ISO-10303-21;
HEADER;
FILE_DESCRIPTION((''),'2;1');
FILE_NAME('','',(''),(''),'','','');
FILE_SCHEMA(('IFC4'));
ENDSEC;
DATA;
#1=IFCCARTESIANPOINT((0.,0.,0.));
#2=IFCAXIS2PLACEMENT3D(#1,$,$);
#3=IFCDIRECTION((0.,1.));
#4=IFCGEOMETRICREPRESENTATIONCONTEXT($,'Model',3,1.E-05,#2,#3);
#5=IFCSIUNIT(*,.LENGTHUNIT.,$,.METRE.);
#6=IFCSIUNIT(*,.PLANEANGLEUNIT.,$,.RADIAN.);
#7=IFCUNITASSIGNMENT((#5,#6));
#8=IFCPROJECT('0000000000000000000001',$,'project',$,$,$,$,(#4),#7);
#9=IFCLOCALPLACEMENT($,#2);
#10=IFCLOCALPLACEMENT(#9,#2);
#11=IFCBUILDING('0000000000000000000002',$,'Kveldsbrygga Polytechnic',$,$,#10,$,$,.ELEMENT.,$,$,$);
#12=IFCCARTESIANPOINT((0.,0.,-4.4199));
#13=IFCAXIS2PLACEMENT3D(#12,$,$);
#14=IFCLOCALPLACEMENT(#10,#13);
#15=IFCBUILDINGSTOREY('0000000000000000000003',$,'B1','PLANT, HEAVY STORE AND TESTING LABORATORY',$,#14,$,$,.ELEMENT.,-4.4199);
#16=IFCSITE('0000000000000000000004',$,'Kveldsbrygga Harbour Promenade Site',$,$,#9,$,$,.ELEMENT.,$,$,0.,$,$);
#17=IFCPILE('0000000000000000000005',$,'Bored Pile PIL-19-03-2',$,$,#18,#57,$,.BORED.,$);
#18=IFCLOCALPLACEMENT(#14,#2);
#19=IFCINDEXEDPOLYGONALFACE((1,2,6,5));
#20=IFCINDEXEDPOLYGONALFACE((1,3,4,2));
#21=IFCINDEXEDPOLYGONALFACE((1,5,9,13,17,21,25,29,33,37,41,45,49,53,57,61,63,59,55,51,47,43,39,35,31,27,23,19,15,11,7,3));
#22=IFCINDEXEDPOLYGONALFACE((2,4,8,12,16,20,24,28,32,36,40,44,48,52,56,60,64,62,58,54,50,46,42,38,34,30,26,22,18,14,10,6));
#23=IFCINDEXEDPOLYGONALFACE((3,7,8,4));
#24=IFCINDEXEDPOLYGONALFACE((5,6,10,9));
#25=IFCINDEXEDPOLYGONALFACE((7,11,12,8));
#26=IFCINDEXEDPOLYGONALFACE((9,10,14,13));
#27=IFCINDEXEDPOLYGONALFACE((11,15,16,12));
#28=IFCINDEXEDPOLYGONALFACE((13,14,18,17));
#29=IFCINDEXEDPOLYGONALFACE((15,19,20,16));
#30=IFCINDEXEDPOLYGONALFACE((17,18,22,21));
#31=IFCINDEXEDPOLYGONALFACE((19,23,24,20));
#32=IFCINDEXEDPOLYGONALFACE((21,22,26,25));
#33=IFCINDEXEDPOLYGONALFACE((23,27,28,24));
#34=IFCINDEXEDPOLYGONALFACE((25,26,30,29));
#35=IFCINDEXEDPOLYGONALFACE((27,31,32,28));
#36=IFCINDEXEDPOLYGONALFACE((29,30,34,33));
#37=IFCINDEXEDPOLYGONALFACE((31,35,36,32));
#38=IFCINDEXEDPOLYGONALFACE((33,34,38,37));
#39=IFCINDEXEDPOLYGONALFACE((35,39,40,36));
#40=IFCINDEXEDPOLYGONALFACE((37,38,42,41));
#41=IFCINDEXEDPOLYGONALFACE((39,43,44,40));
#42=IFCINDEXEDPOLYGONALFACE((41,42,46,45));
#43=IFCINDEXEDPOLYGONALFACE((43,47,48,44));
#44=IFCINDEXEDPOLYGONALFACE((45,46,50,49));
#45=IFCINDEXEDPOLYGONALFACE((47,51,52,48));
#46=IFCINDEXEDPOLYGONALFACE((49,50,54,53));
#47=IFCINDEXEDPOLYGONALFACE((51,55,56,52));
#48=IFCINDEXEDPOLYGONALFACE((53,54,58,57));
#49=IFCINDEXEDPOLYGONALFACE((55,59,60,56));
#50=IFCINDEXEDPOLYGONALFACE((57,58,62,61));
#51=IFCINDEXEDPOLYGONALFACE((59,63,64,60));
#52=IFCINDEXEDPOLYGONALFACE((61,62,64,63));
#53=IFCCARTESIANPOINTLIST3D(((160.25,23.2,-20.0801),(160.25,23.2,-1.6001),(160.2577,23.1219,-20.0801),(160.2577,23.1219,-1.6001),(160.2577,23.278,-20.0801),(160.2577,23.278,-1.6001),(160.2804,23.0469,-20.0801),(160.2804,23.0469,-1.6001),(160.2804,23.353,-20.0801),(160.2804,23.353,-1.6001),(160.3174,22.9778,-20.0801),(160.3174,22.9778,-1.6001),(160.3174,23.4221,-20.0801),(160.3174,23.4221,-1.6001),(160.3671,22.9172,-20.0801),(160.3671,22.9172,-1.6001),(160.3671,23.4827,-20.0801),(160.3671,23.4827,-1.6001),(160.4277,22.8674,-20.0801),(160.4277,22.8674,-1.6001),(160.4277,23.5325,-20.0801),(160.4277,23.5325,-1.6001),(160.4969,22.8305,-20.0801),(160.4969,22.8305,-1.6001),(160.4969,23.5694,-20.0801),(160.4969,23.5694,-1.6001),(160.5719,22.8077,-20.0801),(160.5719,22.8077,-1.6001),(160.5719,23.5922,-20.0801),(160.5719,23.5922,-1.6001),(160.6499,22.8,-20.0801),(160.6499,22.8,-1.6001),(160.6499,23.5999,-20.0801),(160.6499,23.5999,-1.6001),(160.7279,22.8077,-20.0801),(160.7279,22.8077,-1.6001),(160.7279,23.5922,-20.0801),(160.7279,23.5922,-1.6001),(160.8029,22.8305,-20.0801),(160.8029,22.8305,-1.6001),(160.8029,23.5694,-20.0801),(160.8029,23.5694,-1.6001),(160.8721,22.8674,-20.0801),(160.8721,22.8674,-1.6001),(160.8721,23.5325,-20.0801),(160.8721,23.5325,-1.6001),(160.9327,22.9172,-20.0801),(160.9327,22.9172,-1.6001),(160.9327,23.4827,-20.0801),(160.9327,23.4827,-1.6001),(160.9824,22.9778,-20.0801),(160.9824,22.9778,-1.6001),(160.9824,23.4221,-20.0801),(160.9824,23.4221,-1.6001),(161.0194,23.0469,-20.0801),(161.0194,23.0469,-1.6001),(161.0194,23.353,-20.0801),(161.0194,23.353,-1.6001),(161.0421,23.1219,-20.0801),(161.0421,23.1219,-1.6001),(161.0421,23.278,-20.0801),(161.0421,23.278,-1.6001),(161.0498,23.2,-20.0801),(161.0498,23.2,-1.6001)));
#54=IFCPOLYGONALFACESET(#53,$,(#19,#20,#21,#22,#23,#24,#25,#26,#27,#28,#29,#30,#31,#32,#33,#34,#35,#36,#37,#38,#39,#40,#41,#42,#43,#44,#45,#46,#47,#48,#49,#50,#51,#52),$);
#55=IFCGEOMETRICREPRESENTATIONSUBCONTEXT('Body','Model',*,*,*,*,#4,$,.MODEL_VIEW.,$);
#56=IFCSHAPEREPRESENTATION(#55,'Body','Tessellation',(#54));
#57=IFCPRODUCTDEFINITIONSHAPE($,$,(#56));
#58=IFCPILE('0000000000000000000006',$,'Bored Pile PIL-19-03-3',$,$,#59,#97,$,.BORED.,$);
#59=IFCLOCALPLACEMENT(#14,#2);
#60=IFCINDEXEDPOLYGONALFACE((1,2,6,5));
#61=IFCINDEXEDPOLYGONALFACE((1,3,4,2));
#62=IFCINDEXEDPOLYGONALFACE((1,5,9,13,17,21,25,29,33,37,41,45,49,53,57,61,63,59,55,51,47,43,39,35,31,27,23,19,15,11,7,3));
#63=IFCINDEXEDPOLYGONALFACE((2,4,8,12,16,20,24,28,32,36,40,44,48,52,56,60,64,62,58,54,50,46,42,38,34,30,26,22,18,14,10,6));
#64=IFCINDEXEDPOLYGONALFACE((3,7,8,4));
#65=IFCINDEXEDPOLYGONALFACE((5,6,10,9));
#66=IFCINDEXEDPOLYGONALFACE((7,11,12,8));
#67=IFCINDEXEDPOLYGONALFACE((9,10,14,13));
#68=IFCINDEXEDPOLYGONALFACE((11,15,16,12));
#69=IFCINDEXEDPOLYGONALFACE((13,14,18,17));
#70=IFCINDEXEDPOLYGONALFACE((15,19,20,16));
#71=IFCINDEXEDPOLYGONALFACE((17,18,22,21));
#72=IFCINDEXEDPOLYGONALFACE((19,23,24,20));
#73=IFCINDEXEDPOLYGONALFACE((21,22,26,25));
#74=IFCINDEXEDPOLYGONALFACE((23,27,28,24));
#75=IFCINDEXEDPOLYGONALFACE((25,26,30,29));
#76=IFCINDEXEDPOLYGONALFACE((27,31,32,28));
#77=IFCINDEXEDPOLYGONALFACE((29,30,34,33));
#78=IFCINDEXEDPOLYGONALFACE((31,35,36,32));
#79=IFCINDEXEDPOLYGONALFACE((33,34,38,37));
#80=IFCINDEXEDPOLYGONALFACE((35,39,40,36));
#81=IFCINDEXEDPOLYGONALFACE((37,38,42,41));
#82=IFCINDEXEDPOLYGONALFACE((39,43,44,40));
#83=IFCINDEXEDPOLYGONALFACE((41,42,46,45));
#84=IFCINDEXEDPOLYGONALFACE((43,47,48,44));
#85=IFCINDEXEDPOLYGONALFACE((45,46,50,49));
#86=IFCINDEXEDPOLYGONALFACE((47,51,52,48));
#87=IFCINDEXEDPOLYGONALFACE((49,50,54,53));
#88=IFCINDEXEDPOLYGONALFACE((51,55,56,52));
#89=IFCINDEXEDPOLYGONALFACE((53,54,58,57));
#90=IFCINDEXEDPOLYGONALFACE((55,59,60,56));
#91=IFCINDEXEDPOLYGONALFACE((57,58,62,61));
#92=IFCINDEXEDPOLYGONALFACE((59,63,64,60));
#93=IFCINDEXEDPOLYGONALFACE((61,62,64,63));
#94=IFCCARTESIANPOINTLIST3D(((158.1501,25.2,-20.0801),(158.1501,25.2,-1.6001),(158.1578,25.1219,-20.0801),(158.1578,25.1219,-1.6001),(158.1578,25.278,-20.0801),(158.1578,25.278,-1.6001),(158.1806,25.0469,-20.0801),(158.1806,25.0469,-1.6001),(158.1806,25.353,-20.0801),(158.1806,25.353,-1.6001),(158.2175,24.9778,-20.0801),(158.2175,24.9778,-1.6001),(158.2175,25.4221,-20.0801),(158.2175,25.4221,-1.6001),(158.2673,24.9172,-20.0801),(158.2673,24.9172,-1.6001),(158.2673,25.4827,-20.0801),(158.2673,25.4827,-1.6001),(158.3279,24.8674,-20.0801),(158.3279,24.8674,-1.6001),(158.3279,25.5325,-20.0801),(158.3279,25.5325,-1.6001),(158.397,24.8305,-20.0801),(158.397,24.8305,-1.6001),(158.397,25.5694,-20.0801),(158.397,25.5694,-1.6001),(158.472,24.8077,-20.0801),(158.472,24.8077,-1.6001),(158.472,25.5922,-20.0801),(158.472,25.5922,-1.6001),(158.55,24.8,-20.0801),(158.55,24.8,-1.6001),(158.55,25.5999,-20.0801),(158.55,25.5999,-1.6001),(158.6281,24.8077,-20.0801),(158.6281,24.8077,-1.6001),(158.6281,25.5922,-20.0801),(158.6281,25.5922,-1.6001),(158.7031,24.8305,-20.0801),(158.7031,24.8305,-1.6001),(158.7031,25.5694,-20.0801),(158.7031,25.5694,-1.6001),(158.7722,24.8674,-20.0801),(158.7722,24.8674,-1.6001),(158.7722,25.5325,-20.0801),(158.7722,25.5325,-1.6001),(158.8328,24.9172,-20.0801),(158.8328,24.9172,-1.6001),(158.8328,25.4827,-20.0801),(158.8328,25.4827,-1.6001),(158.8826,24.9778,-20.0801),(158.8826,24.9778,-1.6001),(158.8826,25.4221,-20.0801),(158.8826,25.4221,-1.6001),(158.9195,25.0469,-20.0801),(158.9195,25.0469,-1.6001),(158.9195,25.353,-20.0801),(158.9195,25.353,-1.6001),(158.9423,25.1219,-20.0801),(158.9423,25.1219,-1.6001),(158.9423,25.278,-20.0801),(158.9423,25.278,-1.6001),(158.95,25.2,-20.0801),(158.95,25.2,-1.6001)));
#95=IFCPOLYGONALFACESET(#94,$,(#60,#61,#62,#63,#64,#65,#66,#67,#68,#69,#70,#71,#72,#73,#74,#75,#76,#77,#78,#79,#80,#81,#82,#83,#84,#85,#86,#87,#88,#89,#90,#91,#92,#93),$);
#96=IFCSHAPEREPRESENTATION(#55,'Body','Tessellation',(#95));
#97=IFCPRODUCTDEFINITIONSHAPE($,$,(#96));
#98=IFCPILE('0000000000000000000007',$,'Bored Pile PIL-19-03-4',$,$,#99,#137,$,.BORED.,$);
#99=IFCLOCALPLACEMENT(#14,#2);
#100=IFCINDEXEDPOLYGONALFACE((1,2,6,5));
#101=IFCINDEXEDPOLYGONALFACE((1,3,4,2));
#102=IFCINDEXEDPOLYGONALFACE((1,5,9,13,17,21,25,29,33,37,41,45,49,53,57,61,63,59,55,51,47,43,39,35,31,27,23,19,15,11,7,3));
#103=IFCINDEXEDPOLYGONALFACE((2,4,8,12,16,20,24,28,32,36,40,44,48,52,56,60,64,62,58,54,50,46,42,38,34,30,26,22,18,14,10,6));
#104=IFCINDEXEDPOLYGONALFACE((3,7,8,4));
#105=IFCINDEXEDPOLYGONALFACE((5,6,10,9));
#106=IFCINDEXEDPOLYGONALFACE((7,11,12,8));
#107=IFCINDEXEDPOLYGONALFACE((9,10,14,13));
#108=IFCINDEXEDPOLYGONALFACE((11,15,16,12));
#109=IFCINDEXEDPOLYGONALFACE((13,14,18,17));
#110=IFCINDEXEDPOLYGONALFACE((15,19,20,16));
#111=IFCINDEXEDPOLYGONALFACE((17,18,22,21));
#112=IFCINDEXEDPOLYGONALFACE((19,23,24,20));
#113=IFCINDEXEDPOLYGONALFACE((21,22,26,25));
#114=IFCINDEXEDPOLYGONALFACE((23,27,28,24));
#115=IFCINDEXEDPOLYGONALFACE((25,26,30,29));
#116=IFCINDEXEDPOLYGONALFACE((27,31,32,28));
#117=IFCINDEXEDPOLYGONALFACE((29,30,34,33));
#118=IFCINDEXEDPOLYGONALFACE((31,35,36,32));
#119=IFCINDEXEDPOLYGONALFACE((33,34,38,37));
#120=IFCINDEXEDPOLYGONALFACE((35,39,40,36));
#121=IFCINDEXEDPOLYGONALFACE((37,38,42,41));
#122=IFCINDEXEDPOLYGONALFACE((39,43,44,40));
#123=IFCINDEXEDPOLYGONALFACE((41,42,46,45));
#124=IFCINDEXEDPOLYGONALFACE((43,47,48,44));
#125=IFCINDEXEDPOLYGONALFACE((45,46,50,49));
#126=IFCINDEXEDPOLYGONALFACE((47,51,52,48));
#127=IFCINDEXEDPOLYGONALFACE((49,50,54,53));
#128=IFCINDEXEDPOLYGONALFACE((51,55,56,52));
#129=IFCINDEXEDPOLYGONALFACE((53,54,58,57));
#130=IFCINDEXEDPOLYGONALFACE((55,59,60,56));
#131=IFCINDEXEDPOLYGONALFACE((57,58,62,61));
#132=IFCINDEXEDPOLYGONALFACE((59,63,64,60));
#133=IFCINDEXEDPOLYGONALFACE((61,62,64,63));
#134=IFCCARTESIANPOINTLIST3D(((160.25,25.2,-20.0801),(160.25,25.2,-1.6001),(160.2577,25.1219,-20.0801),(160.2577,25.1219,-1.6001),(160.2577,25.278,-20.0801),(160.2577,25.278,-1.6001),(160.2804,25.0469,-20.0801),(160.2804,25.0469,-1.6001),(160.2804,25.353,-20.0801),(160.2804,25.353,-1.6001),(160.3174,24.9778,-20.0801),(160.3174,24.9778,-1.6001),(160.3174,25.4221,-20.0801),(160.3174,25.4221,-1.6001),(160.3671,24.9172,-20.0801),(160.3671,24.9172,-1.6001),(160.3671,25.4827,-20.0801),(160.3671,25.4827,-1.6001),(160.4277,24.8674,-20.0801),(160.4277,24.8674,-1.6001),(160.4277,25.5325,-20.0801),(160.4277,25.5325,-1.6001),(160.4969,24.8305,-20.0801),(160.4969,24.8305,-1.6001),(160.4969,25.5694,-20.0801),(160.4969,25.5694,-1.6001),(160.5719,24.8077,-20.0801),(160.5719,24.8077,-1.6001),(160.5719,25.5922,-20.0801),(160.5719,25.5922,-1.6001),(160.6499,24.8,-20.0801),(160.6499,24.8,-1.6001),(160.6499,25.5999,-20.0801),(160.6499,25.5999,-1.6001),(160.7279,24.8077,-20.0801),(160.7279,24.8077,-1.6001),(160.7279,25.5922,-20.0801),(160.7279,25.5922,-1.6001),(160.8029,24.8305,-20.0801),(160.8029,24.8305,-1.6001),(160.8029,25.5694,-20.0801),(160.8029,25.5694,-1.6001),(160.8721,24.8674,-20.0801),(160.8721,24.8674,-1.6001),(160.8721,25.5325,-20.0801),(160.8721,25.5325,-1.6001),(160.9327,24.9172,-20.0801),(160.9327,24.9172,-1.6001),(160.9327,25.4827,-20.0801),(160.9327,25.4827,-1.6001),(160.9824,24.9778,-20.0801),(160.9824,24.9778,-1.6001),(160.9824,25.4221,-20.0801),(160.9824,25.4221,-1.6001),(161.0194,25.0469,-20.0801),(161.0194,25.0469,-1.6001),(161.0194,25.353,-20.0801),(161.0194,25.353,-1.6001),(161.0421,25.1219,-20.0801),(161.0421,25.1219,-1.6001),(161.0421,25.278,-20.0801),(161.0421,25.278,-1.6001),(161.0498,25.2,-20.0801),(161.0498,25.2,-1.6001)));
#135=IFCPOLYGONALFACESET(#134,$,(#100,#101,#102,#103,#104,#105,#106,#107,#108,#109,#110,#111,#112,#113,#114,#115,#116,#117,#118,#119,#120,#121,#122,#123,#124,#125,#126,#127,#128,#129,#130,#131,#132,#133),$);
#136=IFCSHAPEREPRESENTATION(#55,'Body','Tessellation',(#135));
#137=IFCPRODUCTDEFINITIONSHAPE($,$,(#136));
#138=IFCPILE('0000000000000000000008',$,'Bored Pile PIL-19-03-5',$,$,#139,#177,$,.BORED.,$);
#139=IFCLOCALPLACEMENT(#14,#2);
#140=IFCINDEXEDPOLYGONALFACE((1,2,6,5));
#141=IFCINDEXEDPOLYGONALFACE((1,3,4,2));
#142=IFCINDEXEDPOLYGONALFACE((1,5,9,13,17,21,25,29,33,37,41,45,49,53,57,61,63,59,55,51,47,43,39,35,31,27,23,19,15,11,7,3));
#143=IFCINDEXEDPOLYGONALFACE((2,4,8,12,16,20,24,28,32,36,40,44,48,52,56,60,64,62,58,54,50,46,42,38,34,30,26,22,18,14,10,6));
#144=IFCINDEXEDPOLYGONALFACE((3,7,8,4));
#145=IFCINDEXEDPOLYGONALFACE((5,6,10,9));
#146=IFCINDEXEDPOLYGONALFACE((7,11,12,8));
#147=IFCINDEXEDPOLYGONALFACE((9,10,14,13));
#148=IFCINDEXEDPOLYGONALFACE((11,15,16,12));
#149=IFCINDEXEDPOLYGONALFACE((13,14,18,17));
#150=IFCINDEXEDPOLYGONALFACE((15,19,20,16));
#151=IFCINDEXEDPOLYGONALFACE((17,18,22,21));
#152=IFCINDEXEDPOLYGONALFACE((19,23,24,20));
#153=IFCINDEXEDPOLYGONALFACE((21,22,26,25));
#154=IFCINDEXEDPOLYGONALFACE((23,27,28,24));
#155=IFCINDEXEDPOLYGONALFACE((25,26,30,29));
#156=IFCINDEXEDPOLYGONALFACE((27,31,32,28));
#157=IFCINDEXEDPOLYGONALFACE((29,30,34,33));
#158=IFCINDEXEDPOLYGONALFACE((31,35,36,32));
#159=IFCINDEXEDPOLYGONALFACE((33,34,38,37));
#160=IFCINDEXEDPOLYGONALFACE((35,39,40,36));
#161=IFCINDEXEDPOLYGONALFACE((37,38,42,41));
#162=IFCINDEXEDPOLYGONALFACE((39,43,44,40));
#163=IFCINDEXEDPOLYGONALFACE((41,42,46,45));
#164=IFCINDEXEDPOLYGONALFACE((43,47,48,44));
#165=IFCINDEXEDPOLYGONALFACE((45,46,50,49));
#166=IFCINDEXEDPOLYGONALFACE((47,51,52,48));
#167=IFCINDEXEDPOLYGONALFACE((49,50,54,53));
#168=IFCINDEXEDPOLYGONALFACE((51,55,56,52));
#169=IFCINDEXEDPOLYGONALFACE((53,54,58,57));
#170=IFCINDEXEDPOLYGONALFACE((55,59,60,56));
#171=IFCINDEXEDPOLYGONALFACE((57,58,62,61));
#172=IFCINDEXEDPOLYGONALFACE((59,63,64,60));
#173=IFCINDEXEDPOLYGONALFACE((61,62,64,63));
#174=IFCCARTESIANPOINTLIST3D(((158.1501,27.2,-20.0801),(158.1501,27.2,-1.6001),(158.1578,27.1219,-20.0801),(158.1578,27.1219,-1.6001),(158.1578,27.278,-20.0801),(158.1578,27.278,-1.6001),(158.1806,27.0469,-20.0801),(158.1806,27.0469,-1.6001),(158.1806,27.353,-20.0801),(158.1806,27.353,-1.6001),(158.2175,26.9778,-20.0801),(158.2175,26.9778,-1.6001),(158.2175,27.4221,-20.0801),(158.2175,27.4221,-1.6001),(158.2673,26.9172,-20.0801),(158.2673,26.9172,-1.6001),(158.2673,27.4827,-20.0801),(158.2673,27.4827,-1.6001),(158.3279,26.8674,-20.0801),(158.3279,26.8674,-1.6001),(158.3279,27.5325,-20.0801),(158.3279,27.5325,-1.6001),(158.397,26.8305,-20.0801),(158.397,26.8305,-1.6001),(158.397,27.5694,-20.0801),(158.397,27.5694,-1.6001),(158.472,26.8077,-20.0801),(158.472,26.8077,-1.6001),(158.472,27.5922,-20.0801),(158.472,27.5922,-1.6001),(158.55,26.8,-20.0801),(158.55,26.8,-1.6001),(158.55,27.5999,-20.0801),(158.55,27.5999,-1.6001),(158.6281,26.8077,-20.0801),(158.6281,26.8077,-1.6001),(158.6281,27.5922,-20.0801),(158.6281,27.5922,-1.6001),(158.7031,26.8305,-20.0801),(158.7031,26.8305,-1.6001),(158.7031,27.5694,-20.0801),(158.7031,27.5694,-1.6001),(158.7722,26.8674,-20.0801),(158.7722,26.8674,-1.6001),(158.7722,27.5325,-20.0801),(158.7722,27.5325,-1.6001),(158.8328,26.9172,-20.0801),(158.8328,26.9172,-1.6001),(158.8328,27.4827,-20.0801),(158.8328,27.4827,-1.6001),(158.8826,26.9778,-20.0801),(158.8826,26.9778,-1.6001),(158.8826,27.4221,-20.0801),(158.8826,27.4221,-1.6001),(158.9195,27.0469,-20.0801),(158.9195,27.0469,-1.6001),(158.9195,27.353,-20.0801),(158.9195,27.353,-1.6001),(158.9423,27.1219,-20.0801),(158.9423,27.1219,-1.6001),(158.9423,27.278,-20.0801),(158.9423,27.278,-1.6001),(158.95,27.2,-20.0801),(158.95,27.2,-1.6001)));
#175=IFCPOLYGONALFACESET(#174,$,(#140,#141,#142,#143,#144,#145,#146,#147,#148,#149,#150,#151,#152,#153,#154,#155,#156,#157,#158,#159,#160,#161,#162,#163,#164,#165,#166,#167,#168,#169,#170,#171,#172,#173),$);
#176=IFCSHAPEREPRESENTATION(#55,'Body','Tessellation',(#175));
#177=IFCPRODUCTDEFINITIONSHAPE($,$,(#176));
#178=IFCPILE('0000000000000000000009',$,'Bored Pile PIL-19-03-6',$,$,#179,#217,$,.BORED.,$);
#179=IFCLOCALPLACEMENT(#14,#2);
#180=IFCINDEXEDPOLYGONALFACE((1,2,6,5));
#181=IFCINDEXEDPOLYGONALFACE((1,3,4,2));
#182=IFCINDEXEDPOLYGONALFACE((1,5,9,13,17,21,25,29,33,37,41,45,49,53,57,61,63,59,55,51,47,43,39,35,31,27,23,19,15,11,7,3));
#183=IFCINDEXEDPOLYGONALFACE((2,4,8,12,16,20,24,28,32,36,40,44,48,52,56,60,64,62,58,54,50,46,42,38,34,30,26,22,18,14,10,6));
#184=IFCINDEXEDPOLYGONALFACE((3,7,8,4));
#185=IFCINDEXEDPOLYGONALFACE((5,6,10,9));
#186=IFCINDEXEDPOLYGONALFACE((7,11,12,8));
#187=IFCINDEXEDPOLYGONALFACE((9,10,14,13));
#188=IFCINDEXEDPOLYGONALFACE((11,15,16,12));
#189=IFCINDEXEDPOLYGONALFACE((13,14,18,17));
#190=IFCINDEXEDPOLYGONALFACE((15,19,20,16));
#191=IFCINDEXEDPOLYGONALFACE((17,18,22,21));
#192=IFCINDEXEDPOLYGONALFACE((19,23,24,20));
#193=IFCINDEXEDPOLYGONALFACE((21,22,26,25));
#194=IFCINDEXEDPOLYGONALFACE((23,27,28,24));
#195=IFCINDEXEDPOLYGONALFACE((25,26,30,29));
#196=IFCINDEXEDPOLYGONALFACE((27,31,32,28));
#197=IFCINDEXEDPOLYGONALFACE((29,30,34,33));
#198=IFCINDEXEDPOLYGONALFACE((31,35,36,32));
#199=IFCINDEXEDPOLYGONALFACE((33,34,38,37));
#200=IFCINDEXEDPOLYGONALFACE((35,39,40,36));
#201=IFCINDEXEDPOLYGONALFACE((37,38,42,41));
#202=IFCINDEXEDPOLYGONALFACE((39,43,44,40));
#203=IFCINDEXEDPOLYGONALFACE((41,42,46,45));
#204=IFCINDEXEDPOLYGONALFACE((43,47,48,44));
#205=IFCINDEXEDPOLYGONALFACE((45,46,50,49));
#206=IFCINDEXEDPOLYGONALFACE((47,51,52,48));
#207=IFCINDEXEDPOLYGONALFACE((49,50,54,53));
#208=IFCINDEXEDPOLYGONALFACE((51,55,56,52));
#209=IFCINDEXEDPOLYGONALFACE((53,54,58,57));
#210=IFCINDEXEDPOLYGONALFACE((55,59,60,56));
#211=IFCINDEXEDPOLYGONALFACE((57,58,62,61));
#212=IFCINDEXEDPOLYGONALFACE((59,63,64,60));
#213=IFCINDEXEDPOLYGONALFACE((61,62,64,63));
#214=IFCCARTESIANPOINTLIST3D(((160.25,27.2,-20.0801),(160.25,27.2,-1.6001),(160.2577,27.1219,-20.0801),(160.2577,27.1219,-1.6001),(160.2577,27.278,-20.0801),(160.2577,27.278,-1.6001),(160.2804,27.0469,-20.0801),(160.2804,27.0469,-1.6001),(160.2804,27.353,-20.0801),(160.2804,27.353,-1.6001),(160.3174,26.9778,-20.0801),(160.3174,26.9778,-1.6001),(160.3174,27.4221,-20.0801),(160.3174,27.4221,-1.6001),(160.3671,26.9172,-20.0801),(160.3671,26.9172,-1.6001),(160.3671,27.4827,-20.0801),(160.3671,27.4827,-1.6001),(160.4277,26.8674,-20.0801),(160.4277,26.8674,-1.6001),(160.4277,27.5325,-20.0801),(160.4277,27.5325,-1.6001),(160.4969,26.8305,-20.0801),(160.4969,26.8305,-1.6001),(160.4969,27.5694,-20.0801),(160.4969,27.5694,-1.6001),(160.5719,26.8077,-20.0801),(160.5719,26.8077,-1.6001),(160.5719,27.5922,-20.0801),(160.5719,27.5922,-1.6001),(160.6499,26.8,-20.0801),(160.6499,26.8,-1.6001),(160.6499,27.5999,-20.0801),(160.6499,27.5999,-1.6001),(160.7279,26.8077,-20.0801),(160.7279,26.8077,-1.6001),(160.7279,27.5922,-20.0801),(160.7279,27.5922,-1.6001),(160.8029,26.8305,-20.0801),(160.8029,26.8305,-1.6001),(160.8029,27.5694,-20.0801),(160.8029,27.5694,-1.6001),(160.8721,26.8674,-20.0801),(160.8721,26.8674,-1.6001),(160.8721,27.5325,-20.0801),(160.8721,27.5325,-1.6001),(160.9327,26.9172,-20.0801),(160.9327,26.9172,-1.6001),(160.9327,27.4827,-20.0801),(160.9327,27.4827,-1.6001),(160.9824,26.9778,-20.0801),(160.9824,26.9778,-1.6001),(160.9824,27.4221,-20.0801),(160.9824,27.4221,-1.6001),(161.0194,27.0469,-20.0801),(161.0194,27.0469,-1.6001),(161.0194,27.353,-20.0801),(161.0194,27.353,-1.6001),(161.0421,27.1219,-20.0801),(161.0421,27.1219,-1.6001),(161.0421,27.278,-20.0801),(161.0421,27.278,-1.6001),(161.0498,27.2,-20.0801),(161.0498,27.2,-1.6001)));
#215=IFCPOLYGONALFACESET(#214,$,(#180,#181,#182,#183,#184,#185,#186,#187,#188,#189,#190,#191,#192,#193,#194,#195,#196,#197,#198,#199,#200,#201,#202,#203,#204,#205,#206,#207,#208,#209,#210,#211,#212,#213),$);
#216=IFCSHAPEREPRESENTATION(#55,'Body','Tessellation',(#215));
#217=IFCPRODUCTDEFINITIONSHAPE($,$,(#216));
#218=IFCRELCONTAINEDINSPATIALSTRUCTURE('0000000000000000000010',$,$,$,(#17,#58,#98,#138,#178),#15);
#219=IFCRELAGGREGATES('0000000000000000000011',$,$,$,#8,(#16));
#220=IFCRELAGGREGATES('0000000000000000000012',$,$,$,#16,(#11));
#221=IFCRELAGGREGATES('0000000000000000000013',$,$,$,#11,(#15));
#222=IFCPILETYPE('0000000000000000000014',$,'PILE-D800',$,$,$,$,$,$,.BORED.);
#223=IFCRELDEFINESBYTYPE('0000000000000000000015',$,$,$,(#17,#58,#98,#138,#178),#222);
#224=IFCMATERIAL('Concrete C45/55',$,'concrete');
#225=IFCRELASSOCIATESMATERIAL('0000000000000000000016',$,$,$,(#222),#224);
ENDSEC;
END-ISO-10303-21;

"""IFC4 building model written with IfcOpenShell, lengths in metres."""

from ifc_helpers import new_model, si_unit, direction, frame, origin, origin_2d, place, context, subcontext, project, spatial, circle, extrude, material, material_profile, profile_set, type_object, element, save


model = new_model("IFC4")

# Units and contexts
model_context = context("Model", 3, precision=1e-05, world=origin(), true_north=direction((0.0, 1.0)))
body_context = subcontext(model_context, "Body", "Model", "MODEL_VIEW")
ifc_project = project(units=[si_unit("LENGTHUNIT", "METRE"), si_unit("PLANEANGLEUNIT", "RADIAN")], contexts=[model_context])

# Site, building, storey
site_placement = place(None, origin())
site = spatial("IfcSite", under=ifc_project, at=site_placement, Name="Kveldsbrygga Harbour Promenade Site", CompositionType="ELEMENT", RefElevation=0.0)
building_placement = place(site_placement, origin())
building = spatial("IfcBuilding", under=site, at=building_placement, Name="Kveldsbrygga Polytechnic", CompositionType="ELEMENT")
storey_placement = place(building_placement, frame((0.0, 0.0, -4.4199)))
storey = spatial("IfcBuildingStorey", under=building, at=storey_placement, Name="B1", Description="PLANT, HEAVY STORE AND TESTING LABORATORY", CompositionType="ELEMENT", Elevation=-4.4199)

# Shared definitions
ifc_material_1 = material(Name="Concrete C45/55", Category="concrete")

# Piles
ifc_material_profile_1 = material_profile(ifc_material_1, circle(Radius=0.3999, at=origin_2d()), Name="PILE D800")
ifc_profile_set_1 = profile_set([ifc_material_profile_1], Name="Concrete C45/55")
pile_type = type_object("IfcPileType", Name="PILE-D800", PredefinedType="BORED", material=ifc_profile_set_1)
for number, where, z_axis, x_axis, name in (
    (1, (160.6499, 23.2, -1.6001), (0.0, 0.0, -1.0), (1.0, 0.0, 0.0), "Bored Pile PIL-19-03-2"),
    (2, (158.55, 25.2, -1.6001), (0.0, 0.0, -1.0), (1.0, 0.0, 0.0), "Bored Pile PIL-19-03-3"),
    (3, (160.6499, 25.2, -1.6001), (0.0, 0.0, -1.0), (1.0, 0.0, 0.0), "Bored Pile PIL-19-03-4"),
    (4, (158.55, 27.2, -1.6001), (0.0, 0.0, -1.0), (1.0, 0.0, 0.0), "Bored Pile PIL-19-03-5"),
    (5, (160.6499, 27.2, -1.6001), (0.0, 0.0, -1.0), (1.0, 0.0, 0.0), "Bored Pile PIL-19-03-6"),
):
    element("IfcPile", number, at=place(storey_placement, frame(where, z_axis=z_axis, x_axis=x_axis)), inside=storey, type_object=pile_type, Name=name, PredefinedType="BORED", context=body_context, shape_type="SweptSolid", body=[
        extrude(circle(Radius=0.3999, at=origin_2d()), origin(), (0.0, 0.0, 1.0), 18.48),
    ])

save(model, "model.ifc")
